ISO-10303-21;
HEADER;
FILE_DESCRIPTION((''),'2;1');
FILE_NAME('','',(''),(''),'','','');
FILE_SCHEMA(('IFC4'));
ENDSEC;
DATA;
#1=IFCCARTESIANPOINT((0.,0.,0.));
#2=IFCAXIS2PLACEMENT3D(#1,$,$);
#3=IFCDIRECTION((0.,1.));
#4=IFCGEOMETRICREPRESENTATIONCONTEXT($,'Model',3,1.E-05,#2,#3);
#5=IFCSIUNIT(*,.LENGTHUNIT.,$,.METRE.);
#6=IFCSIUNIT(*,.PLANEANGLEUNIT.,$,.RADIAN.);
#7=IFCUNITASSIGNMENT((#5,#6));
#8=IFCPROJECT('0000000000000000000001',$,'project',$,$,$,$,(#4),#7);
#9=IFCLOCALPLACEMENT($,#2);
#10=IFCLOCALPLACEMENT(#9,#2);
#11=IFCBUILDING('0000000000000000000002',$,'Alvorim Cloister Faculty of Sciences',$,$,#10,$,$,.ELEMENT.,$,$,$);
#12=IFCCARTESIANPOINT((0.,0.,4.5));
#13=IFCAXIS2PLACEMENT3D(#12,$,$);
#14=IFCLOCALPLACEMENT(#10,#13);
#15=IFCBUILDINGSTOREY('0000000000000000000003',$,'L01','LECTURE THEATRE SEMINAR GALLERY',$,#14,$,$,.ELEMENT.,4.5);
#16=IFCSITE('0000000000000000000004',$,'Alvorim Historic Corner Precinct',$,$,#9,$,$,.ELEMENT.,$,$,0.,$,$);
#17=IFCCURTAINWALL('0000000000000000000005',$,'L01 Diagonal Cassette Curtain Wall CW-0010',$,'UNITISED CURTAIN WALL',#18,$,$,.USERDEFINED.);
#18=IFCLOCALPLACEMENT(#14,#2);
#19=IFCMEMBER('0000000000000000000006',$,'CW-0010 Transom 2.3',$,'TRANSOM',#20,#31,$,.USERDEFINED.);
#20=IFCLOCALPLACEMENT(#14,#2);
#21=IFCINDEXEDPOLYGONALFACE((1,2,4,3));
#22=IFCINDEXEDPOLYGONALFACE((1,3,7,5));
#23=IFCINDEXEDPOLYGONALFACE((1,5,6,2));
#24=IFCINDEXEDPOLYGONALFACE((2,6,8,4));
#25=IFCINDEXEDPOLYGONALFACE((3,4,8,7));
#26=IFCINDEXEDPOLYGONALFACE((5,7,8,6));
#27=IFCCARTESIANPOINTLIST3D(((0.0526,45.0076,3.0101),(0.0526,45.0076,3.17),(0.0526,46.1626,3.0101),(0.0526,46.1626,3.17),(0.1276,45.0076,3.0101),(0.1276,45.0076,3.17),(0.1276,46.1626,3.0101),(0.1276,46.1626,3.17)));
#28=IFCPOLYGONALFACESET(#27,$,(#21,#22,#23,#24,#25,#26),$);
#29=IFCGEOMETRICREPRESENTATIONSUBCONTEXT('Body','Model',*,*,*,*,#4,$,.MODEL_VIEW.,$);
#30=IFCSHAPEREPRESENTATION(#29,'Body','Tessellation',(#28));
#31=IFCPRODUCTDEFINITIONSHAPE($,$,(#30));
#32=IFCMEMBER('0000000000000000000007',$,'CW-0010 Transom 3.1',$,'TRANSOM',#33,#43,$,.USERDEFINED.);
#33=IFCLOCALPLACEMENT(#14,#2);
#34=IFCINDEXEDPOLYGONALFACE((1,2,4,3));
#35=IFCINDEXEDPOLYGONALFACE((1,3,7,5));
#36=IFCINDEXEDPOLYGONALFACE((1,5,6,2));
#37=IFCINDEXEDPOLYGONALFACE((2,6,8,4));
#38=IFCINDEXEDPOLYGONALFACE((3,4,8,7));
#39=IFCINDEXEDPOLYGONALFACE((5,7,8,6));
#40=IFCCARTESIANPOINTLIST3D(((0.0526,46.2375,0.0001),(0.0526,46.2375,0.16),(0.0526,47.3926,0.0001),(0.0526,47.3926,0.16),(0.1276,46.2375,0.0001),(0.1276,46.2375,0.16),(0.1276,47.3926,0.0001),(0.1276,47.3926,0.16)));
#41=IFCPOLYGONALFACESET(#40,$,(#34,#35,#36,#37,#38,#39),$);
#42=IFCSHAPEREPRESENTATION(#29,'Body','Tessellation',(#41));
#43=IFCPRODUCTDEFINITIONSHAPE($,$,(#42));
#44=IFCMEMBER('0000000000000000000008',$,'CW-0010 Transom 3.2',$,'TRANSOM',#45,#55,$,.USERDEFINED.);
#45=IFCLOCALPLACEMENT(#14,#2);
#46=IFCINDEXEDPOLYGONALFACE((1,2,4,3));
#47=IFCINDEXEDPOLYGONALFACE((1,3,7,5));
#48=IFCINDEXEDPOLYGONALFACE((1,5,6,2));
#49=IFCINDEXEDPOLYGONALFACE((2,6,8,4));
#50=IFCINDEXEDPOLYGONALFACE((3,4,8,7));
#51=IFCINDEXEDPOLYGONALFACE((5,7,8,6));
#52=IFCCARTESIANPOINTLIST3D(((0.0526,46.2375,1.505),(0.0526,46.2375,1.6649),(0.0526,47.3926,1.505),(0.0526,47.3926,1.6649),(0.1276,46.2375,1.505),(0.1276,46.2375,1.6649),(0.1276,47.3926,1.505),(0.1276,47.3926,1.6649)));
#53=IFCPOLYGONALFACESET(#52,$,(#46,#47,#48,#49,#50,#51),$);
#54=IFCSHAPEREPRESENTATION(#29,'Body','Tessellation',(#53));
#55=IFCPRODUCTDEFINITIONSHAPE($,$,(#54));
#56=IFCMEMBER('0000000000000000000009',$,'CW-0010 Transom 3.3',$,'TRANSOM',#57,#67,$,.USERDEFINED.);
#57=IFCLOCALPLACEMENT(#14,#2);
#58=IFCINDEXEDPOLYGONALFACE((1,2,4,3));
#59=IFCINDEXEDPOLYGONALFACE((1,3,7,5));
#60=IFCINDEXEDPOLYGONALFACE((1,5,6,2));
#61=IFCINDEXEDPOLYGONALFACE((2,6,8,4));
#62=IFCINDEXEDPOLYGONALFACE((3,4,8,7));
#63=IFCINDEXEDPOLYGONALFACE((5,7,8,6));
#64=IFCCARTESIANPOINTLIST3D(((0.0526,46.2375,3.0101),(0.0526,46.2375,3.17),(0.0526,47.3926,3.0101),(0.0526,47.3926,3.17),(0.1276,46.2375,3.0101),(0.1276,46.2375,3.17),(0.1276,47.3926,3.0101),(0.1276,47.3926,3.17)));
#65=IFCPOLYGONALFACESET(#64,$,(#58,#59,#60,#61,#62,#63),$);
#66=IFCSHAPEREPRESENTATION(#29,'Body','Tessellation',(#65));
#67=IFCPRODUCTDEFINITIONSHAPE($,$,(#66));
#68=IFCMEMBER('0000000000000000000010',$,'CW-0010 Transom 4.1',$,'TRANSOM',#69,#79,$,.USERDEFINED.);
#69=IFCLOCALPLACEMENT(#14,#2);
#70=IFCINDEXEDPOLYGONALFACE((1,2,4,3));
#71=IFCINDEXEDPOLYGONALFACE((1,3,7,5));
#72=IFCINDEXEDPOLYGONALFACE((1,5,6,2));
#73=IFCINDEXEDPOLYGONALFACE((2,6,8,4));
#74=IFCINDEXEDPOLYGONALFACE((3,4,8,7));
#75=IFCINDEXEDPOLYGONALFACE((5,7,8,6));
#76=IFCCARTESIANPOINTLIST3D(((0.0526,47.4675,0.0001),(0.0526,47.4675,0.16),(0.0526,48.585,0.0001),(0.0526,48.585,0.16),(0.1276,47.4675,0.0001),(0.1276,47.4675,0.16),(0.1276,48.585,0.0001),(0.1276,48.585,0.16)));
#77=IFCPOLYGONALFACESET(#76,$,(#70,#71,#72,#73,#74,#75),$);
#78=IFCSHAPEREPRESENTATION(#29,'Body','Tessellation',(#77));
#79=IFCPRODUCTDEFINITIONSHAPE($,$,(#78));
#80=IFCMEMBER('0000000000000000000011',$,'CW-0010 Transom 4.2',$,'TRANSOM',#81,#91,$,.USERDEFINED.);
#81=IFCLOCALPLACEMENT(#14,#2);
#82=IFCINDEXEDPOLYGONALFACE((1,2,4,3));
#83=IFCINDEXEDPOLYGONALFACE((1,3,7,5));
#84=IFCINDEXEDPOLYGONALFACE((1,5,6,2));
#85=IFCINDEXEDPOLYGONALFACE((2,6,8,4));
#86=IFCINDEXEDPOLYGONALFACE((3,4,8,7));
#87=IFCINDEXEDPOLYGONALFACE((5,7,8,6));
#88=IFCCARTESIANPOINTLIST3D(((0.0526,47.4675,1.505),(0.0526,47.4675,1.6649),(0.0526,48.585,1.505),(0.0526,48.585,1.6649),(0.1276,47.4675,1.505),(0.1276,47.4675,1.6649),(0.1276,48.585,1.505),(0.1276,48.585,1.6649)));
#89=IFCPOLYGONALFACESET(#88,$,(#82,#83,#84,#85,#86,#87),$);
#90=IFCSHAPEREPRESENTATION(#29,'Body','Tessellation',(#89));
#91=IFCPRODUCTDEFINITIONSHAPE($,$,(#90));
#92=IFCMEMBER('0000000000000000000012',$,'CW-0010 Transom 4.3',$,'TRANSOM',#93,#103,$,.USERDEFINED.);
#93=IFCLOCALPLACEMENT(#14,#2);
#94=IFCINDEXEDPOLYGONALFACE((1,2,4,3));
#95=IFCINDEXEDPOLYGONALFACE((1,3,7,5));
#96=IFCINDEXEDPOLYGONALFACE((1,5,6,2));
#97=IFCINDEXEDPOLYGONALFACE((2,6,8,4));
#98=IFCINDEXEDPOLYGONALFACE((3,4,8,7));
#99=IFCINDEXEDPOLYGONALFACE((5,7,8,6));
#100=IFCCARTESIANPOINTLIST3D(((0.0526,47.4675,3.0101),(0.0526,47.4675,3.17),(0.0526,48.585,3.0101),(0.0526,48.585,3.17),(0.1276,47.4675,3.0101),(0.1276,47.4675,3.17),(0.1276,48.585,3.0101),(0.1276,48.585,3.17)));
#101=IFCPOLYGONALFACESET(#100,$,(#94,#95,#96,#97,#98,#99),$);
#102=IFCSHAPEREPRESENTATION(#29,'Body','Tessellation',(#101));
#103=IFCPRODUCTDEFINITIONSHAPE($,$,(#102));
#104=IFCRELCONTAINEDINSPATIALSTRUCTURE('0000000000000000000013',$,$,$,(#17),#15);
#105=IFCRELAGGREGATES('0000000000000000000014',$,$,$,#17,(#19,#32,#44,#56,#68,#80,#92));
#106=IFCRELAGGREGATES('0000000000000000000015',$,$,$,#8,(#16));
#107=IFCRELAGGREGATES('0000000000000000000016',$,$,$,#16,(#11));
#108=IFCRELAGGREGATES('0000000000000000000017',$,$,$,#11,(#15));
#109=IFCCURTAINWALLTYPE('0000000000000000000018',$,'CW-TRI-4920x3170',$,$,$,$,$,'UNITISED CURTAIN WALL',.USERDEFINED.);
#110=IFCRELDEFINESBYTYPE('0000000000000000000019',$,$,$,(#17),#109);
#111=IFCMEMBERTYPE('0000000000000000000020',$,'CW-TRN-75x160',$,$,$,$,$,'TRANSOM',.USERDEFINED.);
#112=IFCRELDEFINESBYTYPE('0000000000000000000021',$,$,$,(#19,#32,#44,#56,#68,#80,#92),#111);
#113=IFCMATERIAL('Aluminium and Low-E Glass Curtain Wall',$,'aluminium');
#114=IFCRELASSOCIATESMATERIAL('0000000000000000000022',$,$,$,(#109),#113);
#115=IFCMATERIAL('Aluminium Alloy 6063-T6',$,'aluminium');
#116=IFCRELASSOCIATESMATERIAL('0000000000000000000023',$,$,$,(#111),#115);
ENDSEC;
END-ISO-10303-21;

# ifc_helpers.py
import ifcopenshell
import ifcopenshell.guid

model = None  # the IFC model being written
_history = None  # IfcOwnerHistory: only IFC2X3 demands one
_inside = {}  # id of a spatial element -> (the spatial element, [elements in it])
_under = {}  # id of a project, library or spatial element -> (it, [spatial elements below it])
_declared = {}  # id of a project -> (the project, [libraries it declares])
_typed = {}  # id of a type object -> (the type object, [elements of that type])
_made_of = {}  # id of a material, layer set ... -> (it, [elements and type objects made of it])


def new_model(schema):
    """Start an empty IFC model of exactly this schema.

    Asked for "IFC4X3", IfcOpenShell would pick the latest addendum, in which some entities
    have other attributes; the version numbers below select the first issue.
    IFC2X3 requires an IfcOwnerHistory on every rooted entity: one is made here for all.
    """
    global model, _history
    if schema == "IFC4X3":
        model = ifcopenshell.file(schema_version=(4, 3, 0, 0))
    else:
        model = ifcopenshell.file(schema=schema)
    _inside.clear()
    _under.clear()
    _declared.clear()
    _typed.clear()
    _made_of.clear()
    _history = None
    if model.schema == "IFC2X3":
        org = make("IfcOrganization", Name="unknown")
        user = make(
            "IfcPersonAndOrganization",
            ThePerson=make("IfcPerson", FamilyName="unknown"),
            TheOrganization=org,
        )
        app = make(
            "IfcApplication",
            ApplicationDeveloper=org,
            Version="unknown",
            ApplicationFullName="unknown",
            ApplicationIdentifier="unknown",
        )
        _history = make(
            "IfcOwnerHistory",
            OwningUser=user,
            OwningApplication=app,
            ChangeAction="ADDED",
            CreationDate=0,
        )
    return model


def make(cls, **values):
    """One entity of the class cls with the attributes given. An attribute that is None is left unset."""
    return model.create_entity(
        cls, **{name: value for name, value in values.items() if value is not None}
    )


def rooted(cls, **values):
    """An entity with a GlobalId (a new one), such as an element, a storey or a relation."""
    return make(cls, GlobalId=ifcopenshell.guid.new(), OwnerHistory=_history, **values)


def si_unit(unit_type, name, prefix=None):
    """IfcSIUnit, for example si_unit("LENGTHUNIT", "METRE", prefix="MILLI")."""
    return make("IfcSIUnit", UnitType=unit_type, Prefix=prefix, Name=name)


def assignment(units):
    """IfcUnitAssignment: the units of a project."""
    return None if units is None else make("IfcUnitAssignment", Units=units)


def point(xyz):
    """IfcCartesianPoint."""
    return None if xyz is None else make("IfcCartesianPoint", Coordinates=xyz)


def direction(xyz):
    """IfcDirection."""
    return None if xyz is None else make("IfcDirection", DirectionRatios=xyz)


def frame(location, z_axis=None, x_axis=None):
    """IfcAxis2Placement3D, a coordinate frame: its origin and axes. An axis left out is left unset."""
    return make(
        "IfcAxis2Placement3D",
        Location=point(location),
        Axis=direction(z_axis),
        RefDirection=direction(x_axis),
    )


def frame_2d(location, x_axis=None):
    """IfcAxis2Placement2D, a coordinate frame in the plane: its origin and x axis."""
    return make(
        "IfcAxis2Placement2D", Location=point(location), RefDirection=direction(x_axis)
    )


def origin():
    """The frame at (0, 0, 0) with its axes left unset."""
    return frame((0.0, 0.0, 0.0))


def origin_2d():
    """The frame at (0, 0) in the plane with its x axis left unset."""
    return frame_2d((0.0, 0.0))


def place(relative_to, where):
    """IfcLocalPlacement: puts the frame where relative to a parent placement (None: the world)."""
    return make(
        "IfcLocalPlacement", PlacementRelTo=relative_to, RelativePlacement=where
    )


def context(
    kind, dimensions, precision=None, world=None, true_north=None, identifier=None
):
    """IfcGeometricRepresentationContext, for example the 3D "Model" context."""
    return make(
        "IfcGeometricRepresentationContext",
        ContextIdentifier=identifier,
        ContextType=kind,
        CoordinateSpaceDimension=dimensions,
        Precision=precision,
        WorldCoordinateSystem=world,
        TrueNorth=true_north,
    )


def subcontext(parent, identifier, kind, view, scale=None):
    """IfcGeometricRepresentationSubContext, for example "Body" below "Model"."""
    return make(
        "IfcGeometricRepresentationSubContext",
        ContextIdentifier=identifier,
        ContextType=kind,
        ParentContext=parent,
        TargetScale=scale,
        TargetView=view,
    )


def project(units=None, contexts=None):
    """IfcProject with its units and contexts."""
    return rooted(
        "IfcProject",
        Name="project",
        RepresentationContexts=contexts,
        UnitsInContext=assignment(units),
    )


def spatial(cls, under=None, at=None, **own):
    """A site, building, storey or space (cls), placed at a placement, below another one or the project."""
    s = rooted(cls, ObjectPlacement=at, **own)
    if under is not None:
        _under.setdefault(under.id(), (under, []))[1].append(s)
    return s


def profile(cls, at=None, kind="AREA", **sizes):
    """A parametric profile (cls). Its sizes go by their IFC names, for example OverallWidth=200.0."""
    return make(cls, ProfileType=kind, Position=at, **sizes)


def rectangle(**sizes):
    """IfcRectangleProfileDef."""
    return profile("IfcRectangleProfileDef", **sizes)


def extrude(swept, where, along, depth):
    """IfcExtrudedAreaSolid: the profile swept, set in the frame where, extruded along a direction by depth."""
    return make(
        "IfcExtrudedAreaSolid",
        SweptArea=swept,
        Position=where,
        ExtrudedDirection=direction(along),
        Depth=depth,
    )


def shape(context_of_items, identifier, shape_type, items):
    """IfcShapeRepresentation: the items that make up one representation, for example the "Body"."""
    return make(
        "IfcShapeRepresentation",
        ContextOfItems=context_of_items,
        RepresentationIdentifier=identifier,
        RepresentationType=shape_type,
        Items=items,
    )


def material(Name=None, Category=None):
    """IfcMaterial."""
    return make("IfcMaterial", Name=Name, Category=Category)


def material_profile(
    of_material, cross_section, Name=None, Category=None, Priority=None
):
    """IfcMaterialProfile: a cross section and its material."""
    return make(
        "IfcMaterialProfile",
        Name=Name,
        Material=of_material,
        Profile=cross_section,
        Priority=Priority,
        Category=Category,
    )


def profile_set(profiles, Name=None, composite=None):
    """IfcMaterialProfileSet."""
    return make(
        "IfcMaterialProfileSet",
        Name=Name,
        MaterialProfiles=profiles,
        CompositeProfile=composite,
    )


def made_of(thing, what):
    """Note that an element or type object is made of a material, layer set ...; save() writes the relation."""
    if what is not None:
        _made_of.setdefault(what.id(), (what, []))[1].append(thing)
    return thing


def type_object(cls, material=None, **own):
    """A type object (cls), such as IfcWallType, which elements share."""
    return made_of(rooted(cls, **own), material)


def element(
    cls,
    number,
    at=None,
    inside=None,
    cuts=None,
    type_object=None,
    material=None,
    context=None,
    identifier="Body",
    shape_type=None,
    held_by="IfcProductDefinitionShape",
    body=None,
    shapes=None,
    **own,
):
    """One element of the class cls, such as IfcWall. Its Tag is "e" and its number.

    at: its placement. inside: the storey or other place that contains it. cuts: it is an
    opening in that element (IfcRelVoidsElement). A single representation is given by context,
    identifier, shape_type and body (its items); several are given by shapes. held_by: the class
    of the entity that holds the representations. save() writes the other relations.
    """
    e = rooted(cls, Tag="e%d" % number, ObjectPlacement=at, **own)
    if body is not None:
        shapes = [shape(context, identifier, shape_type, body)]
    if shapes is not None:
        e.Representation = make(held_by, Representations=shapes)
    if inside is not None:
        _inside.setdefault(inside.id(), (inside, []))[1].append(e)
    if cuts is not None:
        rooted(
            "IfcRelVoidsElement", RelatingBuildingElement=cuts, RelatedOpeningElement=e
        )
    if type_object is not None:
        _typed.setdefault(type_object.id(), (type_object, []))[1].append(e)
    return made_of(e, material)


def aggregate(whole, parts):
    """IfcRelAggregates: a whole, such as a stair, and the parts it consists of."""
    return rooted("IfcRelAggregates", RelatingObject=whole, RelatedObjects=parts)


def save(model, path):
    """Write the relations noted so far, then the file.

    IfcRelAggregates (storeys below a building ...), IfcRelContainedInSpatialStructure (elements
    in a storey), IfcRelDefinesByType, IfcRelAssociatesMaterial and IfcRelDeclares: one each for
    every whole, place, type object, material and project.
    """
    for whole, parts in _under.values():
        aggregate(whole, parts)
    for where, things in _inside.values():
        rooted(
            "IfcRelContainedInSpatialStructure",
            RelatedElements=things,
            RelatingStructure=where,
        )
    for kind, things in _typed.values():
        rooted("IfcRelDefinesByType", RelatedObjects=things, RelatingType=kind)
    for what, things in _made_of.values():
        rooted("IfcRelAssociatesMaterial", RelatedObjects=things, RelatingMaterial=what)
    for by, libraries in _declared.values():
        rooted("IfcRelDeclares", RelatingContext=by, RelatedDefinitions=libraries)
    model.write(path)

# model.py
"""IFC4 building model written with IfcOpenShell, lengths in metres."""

from ifc_helpers import new_model, si_unit, direction, frame, origin, origin_2d, place, context, subcontext, project, spatial, rectangle, extrude, material, material_profile, profile_set, type_object, element, aggregate, save


model = new_model("IFC4")

# Units and contexts
model_context = context("Model", 3, precision=1e-05, world=origin(), true_north=direction((0.0, 1.0)))
body_context = subcontext(model_context, "Body", "Model", "MODEL_VIEW")
ifc_project = project(units=[si_unit("LENGTHUNIT", "METRE"), si_unit("PLANEANGLEUNIT", "RADIAN")], contexts=[model_context])

# Site, building, storey
site_placement = place(None, origin())
site = spatial("IfcSite", under=ifc_project, at=site_placement, Name="Alvorim Historic Corner Precinct", CompositionType="ELEMENT", RefElevation=0.0)
building_placement = place(site_placement, origin())
building = spatial("IfcBuilding", under=site, at=building_placement, Name="Alvorim Cloister Faculty of Sciences", CompositionType="ELEMENT")
storey_placement = place(building_placement, frame((0.0, 0.0, 4.5)))
storey = spatial("IfcBuildingStorey", under=building, at=storey_placement, Name="L01", Description="LECTURE THEATRE SEMINAR GALLERY", CompositionType="ELEMENT", Elevation=4.5)

# Curtain wall, members
ifc_material_1 = material(Name="Aluminium and Low-E Glass Curtain Wall", Category="aluminium")
curtain_wall_type = type_object("IfcCurtainWallType", Name="CW-TRI-4920x3170", ElementType="UNITISED CURTAIN WALL", PredefinedType="USERDEFINED", material=ifc_material_1)
curtain_wall_placement = place(storey_placement, origin())
curtain_wall = element("IfcCurtainWall", 1, at=curtain_wall_placement, inside=storey, type_object=curtain_wall_type, Name="L01 Diagonal Cassette Curtain Wall CW-0010", ObjectType="UNITISED CURTAIN WALL", PredefinedType="USERDEFINED")
ifc_material_2 = material(Name="Aluminium Alloy 6063-T6", Category="aluminium")
ifc_material_profile_1 = material_profile(ifc_material_2, rectangle(XDim=0.075, YDim=0.1599, at=origin_2d()), Name="ALU-TRN-75x160")
ifc_profile_set_1 = profile_set([ifc_material_profile_1], Name="Aluminium Alloy 6063-T6")
member_type_1 = type_object("IfcMemberType", Name="CW-TRN-75x160", ElementType="TRANSOM", PredefinedType="USERDEFINED", material=ifc_profile_set_1)
member_1_placement = place(storey_placement, frame((0.0901, 45.0076, 3.0901), z_axis=(0.0, 1.0, 0.0), x_axis=(-1.0, 0.0, 0.0)))
member_1 = element("IfcMember", 2, at=member_1_placement, type_object=member_type_1, Name="CW-0010 Transom 2.3", ObjectType="TRANSOM", PredefinedType="USERDEFINED", context=body_context, shape_type="SweptSolid", body=[
    extrude(rectangle(XDim=0.075, YDim=0.1599, at=origin_2d()), origin(), (0.0, 0.0, 1.0), 1.155),
])
member_2_placement = place(storey_placement, frame((0.0901, 46.2375, 0.0801), z_axis=(0.0, 1.0, 0.0), x_axis=(-1.0, 0.0, 0.0)))
member_2 = element("IfcMember", 3, at=member_2_placement, type_object=member_type_1, Name="CW-0010 Transom 3.1", ObjectType="TRANSOM", PredefinedType="USERDEFINED", context=body_context, shape_type="SweptSolid", body=[
    extrude(rectangle(XDim=0.075, YDim=0.1599, at=origin_2d()), origin(), (0.0, 0.0, 1.0), 1.155),
])
member_3_placement = place(storey_placement, frame((0.0901, 46.2375, 1.585), z_axis=(0.0, 1.0, 0.0), x_axis=(-1.0, 0.0, 0.0)))
member_3 = element("IfcMember", 4, at=member_3_placement, type_object=member_type_1, Name="CW-0010 Transom 3.2", ObjectType="TRANSOM", PredefinedType="USERDEFINED", context=body_context, shape_type="SweptSolid", body=[
    extrude(rectangle(XDim=0.075, YDim=0.1599, at=origin_2d()), origin(), (0.0, 0.0, 1.0), 1.155),
])
member_4_placement = place(storey_placement, frame((0.0901, 46.2375, 3.0901), z_axis=(0.0, 1.0, 0.0), x_axis=(-1.0, 0.0, 0.0)))
member_4 = element("IfcMember", 5, at=member_4_placement, type_object=member_type_1, Name="CW-0010 Transom 3.3", ObjectType="TRANSOM", PredefinedType="USERDEFINED", context=body_context, shape_type="SweptSolid", body=[
    extrude(rectangle(XDim=0.075, YDim=0.1599, at=origin_2d()), origin(), (0.0, 0.0, 1.0), 1.155),
])
member_5_placement = place(storey_placement, frame((0.0901, 47.4675, 0.0801), z_axis=(0.0, 1.0, 0.0), x_axis=(-1.0, 0.0, 0.0)))
member_5 = element("IfcMember", 6, at=member_5_placement, type_object=member_type_1, Name="CW-0010 Transom 4.1", ObjectType="TRANSOM", PredefinedType="USERDEFINED", context=body_context, shape_type="SweptSolid", body=[
    extrude(rectangle(XDim=0.075, YDim=0.1599, at=origin_2d()), origin(), (0.0, 0.0, 1.0), 1.1174),
])
member_6_placement = place(storey_placement, frame((0.0901, 47.4675, 1.585), z_axis=(0.0, 1.0, 0.0), x_axis=(-1.0, 0.0, 0.0)))
member_6 = element("IfcMember", 7, at=member_6_placement, type_object=member_type_1, Name="CW-0010 Transom 4.2", ObjectType="TRANSOM", PredefinedType="USERDEFINED", context=body_context, shape_type="SweptSolid", body=[
    extrude(rectangle(XDim=0.075, YDim=0.1599, at=origin_2d()), origin(), (0.0, 0.0, 1.0), 1.1174),
])
member_7_placement = place(storey_placement, frame((0.0901, 47.4675, 3.0901), z_axis=(0.0, 1.0, 0.0), x_axis=(-1.0, 0.0, 0.0)))
member_7 = element("IfcMember", 8, at=member_7_placement, type_object=member_type_1, Name="CW-0010 Transom 4.3", ObjectType="TRANSOM", PredefinedType="USERDEFINED", context=body_context, shape_type="SweptSolid", body=[
    extrude(rectangle(XDim=0.075, YDim=0.1599, at=origin_2d()), origin(), (0.0, 0.0, 1.0), 1.1174),
])
aggregate(curtain_wall, [member_1, member_2, member_3, member_4, member_5, member_6, member_7])

save(model, "model.ifc")
